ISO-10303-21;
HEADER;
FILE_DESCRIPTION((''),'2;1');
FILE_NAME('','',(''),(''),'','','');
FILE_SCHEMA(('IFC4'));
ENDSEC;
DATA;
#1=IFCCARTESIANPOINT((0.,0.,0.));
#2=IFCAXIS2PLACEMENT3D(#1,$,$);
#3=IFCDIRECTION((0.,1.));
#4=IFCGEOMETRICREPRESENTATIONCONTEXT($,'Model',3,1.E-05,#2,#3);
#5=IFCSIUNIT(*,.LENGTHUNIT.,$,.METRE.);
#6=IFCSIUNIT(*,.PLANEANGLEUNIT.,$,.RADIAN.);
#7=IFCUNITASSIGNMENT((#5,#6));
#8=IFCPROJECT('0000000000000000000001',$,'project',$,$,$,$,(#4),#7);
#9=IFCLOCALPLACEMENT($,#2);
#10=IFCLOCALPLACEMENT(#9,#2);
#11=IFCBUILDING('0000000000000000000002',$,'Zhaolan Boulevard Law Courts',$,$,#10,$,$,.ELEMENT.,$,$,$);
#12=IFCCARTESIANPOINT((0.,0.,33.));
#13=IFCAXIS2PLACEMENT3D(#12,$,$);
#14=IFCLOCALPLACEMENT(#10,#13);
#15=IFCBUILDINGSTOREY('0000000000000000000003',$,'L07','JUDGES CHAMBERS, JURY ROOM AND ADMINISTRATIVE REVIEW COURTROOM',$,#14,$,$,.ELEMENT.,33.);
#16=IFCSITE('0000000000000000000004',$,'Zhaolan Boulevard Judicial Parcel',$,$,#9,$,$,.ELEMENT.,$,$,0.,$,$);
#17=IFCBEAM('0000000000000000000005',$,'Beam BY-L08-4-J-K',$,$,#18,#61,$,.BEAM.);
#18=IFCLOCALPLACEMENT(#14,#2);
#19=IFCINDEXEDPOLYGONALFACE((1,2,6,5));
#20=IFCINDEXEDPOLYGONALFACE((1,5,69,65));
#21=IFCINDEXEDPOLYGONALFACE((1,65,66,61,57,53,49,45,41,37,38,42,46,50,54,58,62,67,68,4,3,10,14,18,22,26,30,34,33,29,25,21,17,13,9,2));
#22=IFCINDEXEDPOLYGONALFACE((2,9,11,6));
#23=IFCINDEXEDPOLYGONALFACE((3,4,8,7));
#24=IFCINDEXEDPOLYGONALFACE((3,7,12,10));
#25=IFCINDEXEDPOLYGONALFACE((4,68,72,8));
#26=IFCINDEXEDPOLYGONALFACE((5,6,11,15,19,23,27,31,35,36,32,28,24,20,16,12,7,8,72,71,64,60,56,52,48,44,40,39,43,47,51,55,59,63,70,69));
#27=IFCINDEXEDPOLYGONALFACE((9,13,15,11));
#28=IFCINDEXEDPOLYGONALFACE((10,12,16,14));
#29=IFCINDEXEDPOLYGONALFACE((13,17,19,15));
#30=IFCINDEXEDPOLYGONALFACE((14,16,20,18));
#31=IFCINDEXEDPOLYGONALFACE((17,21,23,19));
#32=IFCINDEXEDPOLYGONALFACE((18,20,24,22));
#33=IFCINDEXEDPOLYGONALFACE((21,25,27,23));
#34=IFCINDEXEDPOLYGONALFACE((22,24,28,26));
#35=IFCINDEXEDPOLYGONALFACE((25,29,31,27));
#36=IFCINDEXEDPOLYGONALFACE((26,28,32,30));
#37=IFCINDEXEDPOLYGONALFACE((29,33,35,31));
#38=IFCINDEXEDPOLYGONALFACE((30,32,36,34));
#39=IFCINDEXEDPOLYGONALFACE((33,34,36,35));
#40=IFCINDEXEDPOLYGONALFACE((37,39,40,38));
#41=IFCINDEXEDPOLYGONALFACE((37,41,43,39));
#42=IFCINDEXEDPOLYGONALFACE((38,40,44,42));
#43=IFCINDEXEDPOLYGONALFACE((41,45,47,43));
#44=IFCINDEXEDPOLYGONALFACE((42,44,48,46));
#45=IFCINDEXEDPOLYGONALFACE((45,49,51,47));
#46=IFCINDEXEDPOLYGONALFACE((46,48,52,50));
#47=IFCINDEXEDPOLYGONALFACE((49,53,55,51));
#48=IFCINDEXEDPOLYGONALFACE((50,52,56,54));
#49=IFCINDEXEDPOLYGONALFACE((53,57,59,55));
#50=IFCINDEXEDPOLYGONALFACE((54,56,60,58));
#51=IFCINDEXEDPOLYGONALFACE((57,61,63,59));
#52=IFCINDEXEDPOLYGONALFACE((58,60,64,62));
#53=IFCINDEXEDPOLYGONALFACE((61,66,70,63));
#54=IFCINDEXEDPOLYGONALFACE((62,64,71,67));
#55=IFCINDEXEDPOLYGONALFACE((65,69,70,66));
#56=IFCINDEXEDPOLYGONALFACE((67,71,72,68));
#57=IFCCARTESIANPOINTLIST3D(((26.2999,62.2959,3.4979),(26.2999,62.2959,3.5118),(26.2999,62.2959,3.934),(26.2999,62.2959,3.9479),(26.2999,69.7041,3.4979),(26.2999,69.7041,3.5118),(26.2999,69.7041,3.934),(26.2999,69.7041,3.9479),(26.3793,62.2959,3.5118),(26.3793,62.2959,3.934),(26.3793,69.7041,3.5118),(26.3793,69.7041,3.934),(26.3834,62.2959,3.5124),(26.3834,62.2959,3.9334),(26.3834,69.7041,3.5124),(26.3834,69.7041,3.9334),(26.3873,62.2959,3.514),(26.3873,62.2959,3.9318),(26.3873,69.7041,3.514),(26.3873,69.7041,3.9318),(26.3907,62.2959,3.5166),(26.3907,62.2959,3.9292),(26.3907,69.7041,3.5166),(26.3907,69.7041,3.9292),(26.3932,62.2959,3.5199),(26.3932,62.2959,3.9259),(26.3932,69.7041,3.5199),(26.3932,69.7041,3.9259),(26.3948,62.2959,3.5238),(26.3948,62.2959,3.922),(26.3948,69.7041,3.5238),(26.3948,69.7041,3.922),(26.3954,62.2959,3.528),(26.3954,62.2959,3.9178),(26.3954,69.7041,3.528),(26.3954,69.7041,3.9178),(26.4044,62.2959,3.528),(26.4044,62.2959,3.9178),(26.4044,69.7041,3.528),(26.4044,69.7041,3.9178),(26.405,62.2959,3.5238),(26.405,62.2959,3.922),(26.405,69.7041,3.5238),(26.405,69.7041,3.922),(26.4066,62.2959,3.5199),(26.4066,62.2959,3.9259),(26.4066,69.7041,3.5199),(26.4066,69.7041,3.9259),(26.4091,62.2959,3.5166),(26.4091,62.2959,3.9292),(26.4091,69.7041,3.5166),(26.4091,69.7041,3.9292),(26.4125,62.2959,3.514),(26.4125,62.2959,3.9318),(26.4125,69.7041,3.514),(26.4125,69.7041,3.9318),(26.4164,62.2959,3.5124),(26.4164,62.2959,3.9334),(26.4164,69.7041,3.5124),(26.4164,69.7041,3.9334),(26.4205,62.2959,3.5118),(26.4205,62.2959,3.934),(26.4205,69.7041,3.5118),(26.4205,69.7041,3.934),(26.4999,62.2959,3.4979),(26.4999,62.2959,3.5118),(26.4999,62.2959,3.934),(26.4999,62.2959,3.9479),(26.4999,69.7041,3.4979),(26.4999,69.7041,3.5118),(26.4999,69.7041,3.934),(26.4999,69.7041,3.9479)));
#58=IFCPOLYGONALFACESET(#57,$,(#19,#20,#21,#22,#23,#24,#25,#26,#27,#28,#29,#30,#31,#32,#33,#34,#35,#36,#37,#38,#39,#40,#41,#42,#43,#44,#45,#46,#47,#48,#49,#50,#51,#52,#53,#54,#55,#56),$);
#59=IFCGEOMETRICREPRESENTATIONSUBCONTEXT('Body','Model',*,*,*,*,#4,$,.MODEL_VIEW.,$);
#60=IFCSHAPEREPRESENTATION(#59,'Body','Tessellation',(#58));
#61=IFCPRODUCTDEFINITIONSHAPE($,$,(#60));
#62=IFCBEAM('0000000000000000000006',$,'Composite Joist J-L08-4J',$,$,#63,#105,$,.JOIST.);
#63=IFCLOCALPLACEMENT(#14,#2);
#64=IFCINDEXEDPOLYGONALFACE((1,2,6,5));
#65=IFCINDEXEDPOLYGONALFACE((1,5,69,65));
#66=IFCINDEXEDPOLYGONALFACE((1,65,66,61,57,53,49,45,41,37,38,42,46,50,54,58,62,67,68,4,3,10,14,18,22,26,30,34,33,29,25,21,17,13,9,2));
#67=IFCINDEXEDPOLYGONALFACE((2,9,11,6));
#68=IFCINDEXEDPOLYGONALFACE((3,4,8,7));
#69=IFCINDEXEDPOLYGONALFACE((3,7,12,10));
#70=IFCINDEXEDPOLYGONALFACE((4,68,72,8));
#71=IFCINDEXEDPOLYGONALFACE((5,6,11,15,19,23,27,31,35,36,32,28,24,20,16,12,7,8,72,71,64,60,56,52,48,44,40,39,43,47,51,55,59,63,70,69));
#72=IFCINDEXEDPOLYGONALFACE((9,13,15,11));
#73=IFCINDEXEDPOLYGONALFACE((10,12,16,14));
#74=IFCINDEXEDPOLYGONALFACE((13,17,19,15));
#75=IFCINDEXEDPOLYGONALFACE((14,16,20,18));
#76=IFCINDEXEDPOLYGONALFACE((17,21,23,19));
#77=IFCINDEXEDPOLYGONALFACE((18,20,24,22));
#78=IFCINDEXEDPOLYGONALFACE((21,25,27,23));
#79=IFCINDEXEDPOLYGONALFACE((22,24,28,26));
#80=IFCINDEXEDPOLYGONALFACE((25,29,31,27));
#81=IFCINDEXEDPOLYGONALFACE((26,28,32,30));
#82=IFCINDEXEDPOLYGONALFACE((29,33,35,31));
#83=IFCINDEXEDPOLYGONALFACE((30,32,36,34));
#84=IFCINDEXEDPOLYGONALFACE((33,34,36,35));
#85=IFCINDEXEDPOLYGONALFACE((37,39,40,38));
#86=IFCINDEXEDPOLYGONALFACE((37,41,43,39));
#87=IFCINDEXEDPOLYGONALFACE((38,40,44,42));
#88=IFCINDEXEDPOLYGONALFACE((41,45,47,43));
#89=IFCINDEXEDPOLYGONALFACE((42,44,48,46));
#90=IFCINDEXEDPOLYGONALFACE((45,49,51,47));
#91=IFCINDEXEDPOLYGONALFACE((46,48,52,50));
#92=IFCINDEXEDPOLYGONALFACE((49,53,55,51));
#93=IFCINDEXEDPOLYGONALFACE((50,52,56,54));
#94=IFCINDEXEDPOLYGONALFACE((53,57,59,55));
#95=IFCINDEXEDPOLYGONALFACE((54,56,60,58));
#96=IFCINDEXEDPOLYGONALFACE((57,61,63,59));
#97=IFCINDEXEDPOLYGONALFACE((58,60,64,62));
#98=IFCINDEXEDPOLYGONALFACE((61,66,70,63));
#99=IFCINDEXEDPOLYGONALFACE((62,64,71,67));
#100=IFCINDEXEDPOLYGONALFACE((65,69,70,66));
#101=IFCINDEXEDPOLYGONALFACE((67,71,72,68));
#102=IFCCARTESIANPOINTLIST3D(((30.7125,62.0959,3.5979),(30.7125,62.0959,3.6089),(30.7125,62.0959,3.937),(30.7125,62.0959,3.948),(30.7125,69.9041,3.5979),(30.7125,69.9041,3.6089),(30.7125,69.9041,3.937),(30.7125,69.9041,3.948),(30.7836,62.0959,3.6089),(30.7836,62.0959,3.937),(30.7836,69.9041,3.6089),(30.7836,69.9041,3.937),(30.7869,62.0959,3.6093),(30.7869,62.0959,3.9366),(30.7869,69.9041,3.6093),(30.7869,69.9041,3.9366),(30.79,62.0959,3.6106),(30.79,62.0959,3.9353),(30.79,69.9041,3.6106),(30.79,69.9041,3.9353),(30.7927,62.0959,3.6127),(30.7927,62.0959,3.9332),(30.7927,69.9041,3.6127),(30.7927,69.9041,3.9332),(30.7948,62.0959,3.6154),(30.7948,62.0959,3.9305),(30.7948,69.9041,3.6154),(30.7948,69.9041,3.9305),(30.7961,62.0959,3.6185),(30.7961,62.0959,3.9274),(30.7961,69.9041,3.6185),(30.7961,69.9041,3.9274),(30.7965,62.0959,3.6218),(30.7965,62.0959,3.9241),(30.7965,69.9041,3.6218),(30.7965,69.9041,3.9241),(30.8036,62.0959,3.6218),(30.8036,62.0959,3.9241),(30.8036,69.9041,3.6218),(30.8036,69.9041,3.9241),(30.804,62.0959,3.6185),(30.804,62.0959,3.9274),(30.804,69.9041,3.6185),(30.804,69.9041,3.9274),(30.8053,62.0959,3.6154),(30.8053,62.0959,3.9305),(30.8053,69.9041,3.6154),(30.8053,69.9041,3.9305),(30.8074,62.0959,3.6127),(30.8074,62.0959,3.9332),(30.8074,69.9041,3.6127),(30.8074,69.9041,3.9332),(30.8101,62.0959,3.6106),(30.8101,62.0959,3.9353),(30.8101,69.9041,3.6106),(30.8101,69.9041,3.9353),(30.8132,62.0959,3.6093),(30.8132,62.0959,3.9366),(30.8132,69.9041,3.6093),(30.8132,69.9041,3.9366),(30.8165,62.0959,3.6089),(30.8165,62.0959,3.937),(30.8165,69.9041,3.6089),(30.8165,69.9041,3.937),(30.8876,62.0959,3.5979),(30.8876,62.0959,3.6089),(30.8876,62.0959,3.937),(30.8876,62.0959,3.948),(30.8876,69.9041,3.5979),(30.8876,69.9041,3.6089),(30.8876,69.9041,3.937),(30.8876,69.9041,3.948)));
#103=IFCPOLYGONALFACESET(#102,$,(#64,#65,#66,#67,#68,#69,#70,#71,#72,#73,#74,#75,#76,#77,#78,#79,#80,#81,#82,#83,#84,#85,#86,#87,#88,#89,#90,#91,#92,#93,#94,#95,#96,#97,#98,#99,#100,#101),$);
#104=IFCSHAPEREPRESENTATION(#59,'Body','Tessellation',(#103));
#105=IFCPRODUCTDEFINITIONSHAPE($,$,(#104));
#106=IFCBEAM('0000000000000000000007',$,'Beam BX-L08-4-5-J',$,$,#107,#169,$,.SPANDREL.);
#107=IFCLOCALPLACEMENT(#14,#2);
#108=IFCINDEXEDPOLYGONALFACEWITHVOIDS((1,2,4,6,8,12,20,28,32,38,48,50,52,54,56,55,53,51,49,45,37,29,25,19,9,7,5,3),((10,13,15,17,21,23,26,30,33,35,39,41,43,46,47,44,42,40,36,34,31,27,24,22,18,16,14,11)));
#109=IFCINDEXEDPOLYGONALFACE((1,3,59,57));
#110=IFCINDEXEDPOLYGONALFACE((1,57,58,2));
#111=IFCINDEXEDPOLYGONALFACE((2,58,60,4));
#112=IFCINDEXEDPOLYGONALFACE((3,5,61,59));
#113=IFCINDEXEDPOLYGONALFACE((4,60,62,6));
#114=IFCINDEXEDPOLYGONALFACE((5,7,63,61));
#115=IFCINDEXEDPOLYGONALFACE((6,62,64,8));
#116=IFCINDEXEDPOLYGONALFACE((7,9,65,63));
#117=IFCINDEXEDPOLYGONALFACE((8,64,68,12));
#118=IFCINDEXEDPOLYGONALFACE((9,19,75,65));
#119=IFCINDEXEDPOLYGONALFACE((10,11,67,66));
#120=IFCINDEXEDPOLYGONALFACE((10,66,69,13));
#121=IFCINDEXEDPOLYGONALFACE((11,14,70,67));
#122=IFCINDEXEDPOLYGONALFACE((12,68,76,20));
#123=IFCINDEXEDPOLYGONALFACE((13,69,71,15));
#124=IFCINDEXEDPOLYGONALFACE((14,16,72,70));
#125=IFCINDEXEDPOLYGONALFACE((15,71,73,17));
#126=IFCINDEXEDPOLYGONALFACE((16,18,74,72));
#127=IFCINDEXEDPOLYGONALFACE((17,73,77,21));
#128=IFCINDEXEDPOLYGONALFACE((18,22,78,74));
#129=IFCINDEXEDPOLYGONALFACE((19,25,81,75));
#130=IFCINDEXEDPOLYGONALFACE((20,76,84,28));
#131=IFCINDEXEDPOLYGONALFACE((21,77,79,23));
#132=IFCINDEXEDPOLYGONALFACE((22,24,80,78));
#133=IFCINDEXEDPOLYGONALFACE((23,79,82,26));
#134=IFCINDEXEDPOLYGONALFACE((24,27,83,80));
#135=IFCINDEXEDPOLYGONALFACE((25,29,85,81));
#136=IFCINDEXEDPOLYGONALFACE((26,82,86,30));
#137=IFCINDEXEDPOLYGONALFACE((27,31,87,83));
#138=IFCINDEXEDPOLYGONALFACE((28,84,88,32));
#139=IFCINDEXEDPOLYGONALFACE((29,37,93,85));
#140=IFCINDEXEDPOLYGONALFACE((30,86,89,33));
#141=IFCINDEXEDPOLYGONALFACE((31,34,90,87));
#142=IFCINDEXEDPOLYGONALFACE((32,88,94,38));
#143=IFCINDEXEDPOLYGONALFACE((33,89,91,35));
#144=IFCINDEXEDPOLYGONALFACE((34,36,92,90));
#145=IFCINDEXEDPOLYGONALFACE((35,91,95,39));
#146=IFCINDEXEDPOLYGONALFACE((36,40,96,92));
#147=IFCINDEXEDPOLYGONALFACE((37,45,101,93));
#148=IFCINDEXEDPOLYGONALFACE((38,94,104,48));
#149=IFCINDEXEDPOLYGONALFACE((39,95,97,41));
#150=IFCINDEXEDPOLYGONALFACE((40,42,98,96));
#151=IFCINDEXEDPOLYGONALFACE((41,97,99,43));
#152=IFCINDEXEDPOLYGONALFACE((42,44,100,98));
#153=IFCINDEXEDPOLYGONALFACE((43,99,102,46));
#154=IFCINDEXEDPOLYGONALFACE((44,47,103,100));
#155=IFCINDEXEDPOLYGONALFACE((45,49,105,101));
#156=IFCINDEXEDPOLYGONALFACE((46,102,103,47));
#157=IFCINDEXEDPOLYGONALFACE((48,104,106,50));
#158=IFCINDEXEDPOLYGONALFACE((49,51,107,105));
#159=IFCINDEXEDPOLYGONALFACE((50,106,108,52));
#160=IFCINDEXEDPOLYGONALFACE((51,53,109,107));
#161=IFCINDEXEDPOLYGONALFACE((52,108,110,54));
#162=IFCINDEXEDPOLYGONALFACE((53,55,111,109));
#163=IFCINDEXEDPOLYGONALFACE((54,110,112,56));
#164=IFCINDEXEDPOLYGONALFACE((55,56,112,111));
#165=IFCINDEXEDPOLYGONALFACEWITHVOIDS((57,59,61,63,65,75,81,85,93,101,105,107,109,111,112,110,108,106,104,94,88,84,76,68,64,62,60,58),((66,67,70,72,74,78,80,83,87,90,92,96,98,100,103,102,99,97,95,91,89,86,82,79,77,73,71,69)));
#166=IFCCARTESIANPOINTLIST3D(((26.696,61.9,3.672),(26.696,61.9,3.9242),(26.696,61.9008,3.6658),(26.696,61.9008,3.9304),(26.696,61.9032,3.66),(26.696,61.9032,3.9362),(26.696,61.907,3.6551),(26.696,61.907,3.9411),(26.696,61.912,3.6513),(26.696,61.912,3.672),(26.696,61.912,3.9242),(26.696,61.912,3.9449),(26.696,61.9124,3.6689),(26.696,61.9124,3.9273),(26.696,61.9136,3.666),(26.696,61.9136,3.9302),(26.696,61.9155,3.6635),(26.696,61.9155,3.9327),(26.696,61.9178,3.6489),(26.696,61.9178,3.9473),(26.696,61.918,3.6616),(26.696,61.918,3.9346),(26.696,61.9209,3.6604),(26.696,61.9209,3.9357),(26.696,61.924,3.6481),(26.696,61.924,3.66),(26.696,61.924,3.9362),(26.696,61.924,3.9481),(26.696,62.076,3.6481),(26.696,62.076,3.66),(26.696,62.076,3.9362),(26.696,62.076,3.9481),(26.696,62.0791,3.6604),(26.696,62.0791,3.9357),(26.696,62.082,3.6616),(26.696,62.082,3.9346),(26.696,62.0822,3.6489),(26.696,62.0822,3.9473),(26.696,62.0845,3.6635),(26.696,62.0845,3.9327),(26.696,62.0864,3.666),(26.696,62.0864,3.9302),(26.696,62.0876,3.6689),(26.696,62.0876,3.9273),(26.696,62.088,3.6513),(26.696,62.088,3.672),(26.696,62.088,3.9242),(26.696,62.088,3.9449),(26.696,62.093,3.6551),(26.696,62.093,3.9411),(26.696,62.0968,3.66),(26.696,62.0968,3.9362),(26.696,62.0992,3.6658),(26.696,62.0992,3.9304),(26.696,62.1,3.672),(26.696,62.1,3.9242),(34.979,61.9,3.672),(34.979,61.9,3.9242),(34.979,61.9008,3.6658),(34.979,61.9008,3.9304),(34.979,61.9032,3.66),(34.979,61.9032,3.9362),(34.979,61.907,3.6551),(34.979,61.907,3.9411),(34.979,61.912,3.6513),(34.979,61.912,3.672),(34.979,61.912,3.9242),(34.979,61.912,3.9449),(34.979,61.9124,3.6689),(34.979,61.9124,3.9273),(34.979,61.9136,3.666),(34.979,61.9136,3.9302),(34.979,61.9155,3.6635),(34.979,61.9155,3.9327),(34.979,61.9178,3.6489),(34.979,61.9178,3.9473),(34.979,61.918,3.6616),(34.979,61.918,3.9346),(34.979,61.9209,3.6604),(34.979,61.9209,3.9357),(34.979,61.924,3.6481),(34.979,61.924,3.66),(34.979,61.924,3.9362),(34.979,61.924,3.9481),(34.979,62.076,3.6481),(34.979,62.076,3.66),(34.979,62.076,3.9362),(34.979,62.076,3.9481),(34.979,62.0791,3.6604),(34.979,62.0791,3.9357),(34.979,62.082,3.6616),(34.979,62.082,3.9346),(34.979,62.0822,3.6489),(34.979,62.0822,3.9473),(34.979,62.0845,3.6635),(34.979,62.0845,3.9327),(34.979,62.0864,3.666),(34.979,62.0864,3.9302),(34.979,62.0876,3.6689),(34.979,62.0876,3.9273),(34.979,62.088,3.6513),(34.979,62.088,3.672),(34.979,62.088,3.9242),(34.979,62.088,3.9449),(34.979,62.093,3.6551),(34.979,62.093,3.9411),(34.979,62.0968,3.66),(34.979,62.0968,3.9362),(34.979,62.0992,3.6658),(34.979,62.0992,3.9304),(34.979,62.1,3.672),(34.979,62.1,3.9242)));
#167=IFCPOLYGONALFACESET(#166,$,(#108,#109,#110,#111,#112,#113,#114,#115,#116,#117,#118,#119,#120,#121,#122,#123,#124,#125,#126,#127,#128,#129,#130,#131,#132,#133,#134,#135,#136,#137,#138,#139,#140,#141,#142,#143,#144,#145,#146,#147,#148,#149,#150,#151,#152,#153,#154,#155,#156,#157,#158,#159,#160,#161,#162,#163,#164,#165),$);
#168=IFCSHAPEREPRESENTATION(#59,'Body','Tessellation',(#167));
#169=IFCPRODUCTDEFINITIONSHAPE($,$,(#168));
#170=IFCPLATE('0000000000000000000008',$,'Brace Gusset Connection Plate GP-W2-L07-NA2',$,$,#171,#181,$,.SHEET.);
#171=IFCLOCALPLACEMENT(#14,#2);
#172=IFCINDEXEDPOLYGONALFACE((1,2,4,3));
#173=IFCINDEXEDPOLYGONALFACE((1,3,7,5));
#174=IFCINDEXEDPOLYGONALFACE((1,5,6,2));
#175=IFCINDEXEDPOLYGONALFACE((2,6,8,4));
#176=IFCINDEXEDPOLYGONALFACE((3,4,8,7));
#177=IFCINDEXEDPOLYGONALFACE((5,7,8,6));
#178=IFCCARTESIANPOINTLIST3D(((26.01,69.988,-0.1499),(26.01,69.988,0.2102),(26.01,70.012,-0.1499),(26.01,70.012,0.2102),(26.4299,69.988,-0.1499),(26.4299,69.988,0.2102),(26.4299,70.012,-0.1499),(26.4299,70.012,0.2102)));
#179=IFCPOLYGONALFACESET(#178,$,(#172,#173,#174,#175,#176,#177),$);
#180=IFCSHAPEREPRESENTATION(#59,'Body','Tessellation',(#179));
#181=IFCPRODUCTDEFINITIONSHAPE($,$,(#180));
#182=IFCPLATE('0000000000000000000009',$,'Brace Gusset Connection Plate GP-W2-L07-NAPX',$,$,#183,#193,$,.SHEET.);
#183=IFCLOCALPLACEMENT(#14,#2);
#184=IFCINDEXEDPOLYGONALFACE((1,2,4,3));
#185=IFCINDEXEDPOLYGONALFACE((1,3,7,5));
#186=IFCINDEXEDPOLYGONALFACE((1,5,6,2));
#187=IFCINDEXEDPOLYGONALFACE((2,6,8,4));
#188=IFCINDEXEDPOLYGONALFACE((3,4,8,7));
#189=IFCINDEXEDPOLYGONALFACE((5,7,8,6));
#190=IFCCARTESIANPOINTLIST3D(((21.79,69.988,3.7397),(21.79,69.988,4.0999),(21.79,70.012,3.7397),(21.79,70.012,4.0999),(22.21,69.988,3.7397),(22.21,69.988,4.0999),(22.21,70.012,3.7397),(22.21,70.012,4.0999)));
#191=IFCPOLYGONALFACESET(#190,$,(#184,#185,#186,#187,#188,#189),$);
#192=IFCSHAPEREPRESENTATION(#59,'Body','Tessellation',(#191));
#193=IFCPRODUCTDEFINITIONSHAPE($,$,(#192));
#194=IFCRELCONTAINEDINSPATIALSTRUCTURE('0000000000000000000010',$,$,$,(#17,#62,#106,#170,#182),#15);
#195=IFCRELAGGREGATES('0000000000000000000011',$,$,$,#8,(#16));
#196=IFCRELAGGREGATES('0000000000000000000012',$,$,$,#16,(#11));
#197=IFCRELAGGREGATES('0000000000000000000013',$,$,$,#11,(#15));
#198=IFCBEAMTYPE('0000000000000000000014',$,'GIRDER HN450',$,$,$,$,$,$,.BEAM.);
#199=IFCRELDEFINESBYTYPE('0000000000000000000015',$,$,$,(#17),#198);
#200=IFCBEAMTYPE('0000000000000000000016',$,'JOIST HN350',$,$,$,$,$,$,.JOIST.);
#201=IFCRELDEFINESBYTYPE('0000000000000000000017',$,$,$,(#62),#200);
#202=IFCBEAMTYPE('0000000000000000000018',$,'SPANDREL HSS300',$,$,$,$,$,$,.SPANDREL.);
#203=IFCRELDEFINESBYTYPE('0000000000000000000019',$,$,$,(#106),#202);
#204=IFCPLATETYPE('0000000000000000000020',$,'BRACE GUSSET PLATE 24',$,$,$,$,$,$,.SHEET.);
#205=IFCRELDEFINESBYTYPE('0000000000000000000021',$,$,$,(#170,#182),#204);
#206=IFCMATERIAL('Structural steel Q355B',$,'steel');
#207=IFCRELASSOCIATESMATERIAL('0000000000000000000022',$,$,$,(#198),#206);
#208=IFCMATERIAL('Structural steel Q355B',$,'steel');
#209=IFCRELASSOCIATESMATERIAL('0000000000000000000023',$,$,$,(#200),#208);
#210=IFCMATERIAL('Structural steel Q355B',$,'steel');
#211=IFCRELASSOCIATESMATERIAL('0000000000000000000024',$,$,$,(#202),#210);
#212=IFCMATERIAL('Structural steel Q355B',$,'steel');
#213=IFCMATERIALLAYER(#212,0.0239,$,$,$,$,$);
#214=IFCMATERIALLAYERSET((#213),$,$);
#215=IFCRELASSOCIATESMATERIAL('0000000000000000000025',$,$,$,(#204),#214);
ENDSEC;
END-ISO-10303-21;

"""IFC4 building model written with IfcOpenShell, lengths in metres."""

from ifc_helpers import new_model, si_unit, direction, frame, origin, origin_2d, place, context, subcontext, project, spatial, rectangle, hollow_rectangle, i_section, extrude, material, layer, layer_set, material_profile, profile_set, type_object, element, save


model = new_model("IFC4")

# Units and contexts
model_context = context("Model", 3, precision=1e-05, world=origin(), true_north=direction((0.0, 1.0)))
body_context = subcontext(model_context, "Body", "Model", "MODEL_VIEW")
ifc_project = project(units=[si_unit("LENGTHUNIT", "METRE"), si_unit("PLANEANGLEUNIT", "RADIAN")], contexts=[model_context])

# Site, building, storey
site_placement = place(None, origin())
site = spatial("IfcSite", under=ifc_project, at=site_placement, Name="Zhaolan Boulevard Judicial Parcel", CompositionType="ELEMENT", RefElevation=0.0)
building_placement = place(site_placement, origin())
building = spatial("IfcBuilding", under=site, at=building_placement, Name="Zhaolan Boulevard Law Courts", CompositionType="ELEMENT")
storey_placement = place(building_placement, frame((0.0, 0.0, 33.0)))
storey = spatial("IfcBuildingStorey", under=building, at=storey_placement, Name="L07", Description="JUDGES CHAMBERS, JURY ROOM AND ADMINISTRATIVE REVIEW COURTROOM", CompositionType="ELEMENT", Elevation=33.0)

# Beams
ifc_material_1 = material(Name="Structural steel Q355B", Category="steel")
ifc_material_profile_1 = material_profile(ifc_material_1, i_section(OverallWidth=0.2, OverallDepth=0.45, WebThickness=0.009, FlangeThickness=0.0139, FilletRadius=0.0161, at=origin_2d()), Name="HN450x200")
ifc_profile_set_1 = profile_set([ifc_material_profile_1], Name="Structural steel Q355B")
beam_type_1 = type_object("IfcBeamType", Name="GIRDER HN450", PredefinedType="BEAM", material=ifc_profile_set_1)
beam_1_placement = place(storey_placement, frame((26.3999, 62.2959, 3.7229), z_axis=(0.0, 1.0, 0.0), x_axis=(-1.0, 0.0, 0.0)))
element("IfcBeam", 1, at=beam_1_placement, inside=storey, type_object=beam_type_1, Name="Beam BY-L08-4-J-K", PredefinedType="BEAM", context=body_context, shape_type="SweptSolid", body=[
    extrude(i_section(OverallWidth=0.2, OverallDepth=0.45, WebThickness=0.009, FlangeThickness=0.0139, FilletRadius=0.0161, at=origin_2d()), origin(), (0.0, 0.0, 1.0), 7.4082),
])
ifc_material_2 = material(Name="Structural steel Q355B", Category="steel")
ifc_material_profile_2 = material_profile(ifc_material_2, i_section(OverallWidth=0.175, OverallDepth=0.3501, WebThickness=0.0071, FlangeThickness=0.011, FilletRadius=0.0129, at=origin_2d()), Name="HN350x175")
ifc_profile_set_2 = profile_set([ifc_material_profile_2], Name="Structural steel Q355B")
beam_type_2 = type_object("IfcBeamType", Name="JOIST HN350", PredefinedType="JOIST", material=ifc_profile_set_2)
beam_2_placement = place(storey_placement, frame((30.8, 62.0959, 3.7729), z_axis=(0.0, 1.0, 0.0), x_axis=(-1.0, 0.0, 0.0)))
element("IfcBeam", 2, at=beam_2_placement, inside=storey, type_object=beam_type_2, Name="Composite Joist J-L08-4J", PredefinedType="JOIST", context=body_context, shape_type="SweptSolid", body=[
    extrude(i_section(OverallWidth=0.175, OverallDepth=0.3501, WebThickness=0.0071, FlangeThickness=0.011, FilletRadius=0.0129, at=origin_2d()), origin(), (0.0, 0.0, 1.0), 7.8081),
])
ifc_material_3 = material(Name="Structural steel Q355B", Category="steel")
ifc_material_profile_3 = material_profile(ifc_material_3, hollow_rectangle(XDim=0.2, YDim=0.3, WallThickness=0.012, InnerFilletRadius=0.012, OuterFilletRadius=0.0239, at=origin_2d()), Name="HSS300x200x12")
ifc_profile_set_3 = profile_set([ifc_material_profile_3], Name="Structural steel Q355B")
beam_type_3 = type_object("IfcBeamType", Name="SPANDREL HSS300", PredefinedType="SPANDREL", material=ifc_profile_set_3)
beam_3_placement = place(storey_placement, frame((26.696, 62.0, 3.7981), z_axis=(1.0, 0.0, 0.0), x_axis=(0.0, 1.0, 0.0)))
element("IfcBeam", 3, at=beam_3_placement, inside=storey, type_object=beam_type_3, Name="Beam BX-L08-4-5-J", PredefinedType="SPANDREL", context=body_context, shape_type="SweptSolid", body=[
    extrude(hollow_rectangle(XDim=0.2, YDim=0.3, WallThickness=0.012, InnerFilletRadius=0.012, OuterFilletRadius=0.0239, at=origin_2d()), origin(), (0.0, 0.0, 1.0), 8.283),
])

# Plates
ifc_material_4 = material(Name="Structural steel Q355B", Category="steel")
ifc_layer_1 = layer(ifc_material_4, 0.0239)
ifc_layer_set_1 = layer_set([ifc_layer_1])
plate_type_1 = type_object("IfcPlateType", Name="BRACE GUSSET PLATE 24", PredefinedType="SHEET", material=ifc_layer_set_1)
for number, where, z_axis, x_axis, name in (
    (4, (26.22, 70.0, -0.1499), (0.0, 0.0, 1.0), (1.0, 0.0, 0.0), "Brace Gusset Connection Plate GP-W2-L07-NA2"),
    (5, (22.0, 70.0, 3.7397), (0.0, 0.0, 1.0), (1.0, 0.0, 0.0), "Brace Gusset Connection Plate GP-W2-L07-NAPX"),
):
    element("IfcPlate", number, at=place(storey_placement, frame(where, z_axis=z_axis, x_axis=x_axis)), inside=storey, type_object=plate_type_1, Name=name, PredefinedType="SHEET", context=body_context, shape_type="SweptSolid", body=[
        extrude(rectangle(XDim=0.4199, YDim=0.0239, at=origin_2d()), origin(), (0.0, 0.0, 1.0), 0.3601),
    ])

save(model, "model.ifc")
